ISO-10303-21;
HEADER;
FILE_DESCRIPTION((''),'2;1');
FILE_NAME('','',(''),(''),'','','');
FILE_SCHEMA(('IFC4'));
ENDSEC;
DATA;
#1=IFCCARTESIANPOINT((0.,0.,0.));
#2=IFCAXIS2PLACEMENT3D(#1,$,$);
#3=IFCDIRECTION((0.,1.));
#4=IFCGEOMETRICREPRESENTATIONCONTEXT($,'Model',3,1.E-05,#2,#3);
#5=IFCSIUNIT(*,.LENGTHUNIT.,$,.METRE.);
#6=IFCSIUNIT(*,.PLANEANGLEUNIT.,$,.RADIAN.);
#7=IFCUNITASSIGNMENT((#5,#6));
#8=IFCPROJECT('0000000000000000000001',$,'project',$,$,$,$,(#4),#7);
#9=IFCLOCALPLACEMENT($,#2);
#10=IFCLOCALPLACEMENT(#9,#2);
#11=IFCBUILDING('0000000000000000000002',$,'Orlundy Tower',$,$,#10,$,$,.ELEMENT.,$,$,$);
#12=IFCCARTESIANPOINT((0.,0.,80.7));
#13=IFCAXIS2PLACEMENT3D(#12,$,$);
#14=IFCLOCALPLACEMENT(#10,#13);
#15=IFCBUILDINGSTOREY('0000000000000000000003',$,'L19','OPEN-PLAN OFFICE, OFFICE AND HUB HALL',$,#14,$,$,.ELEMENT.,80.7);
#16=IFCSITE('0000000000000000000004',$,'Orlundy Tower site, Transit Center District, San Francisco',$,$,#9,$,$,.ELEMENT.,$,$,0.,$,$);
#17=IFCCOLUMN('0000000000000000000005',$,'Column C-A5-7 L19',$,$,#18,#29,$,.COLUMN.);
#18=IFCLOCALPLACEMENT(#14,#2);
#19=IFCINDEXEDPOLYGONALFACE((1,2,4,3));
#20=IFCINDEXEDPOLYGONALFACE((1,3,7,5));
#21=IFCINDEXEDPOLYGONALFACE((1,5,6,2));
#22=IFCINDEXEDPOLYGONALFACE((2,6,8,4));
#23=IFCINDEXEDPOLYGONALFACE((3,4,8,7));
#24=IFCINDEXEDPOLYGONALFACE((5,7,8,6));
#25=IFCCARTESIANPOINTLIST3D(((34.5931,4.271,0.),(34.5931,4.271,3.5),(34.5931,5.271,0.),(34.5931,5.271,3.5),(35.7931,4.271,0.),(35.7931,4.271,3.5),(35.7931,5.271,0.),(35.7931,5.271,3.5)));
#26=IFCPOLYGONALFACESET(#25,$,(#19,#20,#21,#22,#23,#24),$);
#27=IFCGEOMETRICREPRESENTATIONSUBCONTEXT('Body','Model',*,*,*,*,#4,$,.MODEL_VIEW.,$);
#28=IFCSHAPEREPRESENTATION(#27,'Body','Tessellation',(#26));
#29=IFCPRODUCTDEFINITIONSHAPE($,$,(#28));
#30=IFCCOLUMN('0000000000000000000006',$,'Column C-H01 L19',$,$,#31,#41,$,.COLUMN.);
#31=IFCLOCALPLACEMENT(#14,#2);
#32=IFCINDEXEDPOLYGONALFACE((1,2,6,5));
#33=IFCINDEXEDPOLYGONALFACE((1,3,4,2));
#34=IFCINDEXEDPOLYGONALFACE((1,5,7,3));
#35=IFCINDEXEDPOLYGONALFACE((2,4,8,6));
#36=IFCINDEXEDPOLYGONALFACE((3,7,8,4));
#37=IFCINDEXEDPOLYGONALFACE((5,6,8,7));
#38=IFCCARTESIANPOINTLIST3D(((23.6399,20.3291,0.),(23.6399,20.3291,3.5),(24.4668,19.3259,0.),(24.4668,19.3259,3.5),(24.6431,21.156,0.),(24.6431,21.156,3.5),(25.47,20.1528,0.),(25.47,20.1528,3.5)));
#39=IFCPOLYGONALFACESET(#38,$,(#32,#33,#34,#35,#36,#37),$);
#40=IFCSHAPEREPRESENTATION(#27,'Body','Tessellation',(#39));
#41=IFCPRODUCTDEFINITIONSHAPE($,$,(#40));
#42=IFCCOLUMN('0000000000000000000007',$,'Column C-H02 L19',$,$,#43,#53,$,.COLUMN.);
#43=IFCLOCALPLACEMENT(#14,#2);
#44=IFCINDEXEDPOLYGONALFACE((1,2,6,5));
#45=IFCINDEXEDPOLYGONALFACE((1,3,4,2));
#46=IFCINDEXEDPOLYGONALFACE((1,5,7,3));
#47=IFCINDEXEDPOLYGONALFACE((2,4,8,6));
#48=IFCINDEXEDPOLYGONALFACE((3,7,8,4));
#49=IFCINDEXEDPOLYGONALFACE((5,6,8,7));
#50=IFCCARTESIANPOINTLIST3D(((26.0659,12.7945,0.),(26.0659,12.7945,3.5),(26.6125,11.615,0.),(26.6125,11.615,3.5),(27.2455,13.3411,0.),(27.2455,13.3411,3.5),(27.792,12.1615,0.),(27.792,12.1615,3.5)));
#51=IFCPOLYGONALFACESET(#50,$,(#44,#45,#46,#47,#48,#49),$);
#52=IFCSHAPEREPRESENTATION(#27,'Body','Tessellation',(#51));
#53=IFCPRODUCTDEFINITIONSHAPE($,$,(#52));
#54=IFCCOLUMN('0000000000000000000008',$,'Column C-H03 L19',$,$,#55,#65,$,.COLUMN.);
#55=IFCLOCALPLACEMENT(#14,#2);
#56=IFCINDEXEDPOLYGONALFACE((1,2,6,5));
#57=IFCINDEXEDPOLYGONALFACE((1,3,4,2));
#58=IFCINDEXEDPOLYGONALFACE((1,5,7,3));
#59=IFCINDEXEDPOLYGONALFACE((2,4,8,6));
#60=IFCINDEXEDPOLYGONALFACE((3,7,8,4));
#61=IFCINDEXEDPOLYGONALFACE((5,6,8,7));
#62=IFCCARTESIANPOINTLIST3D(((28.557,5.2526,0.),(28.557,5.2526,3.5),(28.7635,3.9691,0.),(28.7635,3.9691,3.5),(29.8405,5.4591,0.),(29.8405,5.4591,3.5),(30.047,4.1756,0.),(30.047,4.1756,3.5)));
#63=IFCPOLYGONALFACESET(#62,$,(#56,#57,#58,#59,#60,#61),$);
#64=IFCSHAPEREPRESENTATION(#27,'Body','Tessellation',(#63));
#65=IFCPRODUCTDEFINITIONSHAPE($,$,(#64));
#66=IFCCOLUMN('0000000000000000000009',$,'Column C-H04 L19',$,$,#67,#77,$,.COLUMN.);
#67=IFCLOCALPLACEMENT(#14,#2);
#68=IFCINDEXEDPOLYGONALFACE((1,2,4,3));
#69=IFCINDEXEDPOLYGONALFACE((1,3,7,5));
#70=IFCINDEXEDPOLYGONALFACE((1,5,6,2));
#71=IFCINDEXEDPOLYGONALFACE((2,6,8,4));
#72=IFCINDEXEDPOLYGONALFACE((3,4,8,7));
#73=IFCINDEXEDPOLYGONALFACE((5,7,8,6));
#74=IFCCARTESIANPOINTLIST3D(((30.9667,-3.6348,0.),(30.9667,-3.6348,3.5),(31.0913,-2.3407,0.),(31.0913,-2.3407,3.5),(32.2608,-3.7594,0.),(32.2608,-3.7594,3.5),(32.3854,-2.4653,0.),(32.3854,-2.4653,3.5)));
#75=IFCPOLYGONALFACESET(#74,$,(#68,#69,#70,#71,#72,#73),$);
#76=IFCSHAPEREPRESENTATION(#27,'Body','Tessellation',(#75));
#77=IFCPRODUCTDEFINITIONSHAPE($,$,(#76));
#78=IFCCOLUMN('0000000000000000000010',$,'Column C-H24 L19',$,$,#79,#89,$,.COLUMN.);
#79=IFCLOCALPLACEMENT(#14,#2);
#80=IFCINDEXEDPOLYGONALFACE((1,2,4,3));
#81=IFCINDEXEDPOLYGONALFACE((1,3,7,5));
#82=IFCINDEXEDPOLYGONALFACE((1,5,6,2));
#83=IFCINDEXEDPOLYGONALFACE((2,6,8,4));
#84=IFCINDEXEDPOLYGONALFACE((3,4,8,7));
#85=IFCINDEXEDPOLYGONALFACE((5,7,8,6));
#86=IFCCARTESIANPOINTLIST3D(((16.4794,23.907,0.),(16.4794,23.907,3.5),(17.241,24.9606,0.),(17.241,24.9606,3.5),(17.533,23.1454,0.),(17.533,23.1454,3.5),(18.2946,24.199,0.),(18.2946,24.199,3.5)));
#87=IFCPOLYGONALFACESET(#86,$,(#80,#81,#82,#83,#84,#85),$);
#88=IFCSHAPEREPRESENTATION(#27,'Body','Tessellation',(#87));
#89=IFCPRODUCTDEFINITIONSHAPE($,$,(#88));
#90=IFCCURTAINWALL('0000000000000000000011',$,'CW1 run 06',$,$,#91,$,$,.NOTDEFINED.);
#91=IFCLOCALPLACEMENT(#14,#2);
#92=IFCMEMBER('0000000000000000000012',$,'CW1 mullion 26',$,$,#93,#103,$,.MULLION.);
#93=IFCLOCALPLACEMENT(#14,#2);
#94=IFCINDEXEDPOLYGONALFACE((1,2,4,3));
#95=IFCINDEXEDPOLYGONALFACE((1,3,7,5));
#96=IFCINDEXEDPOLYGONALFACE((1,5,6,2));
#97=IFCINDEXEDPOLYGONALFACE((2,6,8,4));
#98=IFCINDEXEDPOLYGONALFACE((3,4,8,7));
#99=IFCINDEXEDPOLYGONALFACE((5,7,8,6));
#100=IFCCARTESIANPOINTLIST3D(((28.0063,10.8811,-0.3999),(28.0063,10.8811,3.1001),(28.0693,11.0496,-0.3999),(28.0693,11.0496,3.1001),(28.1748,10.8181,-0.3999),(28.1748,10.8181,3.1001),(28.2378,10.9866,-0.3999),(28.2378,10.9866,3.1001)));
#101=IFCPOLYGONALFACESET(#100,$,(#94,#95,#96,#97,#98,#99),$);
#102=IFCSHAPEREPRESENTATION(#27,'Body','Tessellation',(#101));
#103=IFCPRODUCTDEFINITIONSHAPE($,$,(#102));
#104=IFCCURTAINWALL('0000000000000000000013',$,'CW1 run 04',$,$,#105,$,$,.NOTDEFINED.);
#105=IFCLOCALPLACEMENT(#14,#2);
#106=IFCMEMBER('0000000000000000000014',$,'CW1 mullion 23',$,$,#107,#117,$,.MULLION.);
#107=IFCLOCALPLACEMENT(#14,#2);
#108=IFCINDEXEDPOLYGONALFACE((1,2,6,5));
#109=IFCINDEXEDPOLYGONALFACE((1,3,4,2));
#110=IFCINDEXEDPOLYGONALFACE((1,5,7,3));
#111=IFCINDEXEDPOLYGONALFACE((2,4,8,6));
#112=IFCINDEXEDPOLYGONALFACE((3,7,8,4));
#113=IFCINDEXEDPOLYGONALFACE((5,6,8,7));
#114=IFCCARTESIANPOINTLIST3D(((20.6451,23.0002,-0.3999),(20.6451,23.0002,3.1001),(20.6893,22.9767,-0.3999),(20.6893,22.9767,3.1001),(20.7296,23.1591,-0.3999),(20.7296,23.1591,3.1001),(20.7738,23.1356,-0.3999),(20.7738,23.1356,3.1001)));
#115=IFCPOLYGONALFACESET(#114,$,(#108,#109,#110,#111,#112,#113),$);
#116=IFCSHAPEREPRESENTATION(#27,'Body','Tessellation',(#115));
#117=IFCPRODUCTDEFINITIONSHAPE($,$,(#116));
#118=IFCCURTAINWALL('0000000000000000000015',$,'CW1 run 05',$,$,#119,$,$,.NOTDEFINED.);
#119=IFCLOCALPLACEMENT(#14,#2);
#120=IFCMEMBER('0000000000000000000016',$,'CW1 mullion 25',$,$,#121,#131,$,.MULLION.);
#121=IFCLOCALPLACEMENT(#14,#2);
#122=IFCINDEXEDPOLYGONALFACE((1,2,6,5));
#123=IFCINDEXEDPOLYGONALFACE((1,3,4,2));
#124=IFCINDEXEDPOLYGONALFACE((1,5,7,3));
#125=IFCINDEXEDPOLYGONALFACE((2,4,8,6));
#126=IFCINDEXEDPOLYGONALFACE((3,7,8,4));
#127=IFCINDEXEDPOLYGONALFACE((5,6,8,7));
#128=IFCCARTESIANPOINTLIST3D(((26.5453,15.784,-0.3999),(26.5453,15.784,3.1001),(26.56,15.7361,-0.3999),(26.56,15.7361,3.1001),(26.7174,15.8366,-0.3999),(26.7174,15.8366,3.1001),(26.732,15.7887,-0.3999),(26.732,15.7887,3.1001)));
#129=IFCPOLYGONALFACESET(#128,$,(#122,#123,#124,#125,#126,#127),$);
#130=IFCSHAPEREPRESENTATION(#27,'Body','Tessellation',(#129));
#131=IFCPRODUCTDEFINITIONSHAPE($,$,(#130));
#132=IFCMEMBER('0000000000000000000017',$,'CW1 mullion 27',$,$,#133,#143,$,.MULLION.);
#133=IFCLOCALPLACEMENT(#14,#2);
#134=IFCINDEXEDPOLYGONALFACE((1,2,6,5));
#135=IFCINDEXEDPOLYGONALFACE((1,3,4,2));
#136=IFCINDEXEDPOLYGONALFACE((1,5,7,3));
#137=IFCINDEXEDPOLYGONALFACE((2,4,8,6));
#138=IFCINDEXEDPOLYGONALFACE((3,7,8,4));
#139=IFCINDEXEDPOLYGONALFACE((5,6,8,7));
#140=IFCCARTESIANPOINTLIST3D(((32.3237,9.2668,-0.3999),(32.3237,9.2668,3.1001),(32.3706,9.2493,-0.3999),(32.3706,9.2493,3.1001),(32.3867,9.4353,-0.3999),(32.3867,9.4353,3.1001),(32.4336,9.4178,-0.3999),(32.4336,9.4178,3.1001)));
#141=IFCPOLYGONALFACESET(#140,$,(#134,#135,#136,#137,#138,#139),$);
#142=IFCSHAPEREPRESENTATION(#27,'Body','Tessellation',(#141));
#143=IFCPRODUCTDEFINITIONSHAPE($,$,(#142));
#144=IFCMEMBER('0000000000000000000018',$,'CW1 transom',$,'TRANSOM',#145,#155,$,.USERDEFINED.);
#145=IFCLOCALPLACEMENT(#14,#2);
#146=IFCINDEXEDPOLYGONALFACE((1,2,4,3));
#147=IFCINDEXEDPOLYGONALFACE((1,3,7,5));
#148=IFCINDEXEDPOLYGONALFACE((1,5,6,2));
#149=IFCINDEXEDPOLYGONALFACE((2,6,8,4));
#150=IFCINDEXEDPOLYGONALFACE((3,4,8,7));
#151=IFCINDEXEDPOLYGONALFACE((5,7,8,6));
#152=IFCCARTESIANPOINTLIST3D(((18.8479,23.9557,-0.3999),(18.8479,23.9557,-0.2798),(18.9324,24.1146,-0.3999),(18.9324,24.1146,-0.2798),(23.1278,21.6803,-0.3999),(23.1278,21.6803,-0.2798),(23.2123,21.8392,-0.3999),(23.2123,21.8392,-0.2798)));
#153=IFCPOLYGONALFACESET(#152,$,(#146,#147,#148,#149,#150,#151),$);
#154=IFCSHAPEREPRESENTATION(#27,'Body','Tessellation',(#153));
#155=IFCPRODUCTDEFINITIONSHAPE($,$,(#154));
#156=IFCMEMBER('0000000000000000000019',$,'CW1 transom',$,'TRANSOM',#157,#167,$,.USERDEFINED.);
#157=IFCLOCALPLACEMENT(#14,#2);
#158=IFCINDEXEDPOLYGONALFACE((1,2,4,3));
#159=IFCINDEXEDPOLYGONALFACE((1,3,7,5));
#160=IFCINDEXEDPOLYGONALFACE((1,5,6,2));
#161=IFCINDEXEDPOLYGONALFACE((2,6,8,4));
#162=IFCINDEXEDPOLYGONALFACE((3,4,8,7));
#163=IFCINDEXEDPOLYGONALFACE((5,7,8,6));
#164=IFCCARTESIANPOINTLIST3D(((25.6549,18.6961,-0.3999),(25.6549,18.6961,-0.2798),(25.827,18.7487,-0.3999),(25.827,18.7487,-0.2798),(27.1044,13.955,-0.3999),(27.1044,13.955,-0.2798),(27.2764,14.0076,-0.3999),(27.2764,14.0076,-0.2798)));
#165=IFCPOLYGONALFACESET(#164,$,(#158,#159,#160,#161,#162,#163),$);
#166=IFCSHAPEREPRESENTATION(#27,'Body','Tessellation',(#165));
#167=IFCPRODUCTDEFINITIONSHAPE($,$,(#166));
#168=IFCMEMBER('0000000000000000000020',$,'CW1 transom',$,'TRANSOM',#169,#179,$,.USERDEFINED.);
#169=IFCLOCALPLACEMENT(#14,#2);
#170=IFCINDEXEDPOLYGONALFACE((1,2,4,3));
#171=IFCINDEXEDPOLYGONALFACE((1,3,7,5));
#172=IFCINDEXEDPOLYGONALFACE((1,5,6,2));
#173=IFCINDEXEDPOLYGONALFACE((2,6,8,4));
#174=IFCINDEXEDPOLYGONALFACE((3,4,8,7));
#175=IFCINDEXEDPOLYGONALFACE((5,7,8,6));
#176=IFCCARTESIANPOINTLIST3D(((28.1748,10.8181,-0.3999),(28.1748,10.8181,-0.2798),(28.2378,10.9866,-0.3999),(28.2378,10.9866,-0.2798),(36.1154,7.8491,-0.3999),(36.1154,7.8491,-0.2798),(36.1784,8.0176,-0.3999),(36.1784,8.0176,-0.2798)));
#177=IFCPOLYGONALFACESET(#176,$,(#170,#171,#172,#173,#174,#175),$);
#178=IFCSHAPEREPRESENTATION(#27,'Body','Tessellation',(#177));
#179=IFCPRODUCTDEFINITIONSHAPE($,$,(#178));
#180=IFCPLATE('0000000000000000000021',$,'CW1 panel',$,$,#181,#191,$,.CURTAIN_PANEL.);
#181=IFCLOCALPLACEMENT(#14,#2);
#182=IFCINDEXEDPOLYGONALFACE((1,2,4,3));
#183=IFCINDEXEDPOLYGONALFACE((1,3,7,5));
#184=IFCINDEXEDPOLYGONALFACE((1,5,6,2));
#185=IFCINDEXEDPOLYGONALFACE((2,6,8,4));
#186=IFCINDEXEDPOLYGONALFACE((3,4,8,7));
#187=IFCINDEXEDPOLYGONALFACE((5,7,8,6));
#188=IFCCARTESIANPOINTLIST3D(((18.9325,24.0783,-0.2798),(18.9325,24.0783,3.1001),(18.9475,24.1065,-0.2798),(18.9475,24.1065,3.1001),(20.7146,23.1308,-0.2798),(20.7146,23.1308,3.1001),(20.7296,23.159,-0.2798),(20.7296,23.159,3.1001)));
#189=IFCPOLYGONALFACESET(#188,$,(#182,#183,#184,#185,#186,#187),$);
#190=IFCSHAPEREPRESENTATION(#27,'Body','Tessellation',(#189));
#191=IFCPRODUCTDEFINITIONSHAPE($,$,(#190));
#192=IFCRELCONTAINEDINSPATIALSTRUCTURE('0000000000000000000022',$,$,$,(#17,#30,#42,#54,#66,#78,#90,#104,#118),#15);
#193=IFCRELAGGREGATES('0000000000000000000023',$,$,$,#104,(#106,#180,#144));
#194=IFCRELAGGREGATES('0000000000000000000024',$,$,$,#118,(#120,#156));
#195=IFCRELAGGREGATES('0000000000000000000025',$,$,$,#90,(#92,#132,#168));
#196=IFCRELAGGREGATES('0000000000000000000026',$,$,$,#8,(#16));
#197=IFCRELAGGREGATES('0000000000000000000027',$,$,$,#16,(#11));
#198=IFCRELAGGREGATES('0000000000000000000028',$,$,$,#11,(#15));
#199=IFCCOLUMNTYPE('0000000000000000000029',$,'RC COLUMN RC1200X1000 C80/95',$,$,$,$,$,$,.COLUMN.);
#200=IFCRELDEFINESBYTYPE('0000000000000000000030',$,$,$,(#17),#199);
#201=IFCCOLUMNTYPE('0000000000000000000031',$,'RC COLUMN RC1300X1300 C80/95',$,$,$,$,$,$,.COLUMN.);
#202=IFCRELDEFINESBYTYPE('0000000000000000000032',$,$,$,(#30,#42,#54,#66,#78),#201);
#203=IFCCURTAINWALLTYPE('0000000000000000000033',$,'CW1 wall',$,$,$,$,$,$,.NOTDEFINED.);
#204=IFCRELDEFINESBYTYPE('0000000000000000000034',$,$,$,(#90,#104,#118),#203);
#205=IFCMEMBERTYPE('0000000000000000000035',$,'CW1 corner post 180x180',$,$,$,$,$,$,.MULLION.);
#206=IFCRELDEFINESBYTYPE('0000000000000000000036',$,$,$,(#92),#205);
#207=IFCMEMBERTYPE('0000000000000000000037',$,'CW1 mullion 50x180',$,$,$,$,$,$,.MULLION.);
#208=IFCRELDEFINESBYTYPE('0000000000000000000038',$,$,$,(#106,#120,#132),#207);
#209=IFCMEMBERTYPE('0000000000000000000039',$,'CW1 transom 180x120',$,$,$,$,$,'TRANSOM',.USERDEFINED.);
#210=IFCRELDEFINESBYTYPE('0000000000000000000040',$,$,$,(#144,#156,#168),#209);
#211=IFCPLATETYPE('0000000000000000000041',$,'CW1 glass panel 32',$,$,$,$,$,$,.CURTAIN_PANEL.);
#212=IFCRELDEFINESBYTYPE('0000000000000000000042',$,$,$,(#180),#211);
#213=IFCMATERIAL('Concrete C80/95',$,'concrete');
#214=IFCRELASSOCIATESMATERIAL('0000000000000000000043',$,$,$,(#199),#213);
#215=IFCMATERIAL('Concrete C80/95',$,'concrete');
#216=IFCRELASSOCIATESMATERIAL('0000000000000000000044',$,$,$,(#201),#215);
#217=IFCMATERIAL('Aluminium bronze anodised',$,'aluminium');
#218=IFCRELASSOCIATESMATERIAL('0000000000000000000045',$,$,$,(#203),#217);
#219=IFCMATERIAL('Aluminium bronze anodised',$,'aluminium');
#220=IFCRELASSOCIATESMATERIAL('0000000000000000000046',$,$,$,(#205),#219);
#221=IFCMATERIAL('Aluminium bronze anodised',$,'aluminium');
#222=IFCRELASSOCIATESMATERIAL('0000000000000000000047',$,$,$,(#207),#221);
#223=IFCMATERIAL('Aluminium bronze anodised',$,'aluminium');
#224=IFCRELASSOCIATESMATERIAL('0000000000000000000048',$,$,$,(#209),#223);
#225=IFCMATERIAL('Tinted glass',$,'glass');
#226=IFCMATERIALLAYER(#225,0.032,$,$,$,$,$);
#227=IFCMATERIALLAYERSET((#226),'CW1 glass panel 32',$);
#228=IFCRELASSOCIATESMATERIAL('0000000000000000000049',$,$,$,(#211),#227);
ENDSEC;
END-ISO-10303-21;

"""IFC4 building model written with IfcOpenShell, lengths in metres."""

from ifc_helpers import new_model, si_unit, direction, frame, origin, origin_2d, place, context, subcontext, project, spatial, rectangle, extrude, material, layer, layer_set, material_profile, profile_set, type_object, element, aggregate, save


model = new_model("IFC4")

# Units and contexts
model_context = context("Model", 3, precision=1e-05, world=origin(), true_north=direction((0.0, 1.0)))
body_context = subcontext(model_context, "Body", "Model", "MODEL_VIEW")
ifc_project = project(units=[si_unit("LENGTHUNIT", "METRE"), si_unit("PLANEANGLEUNIT", "RADIAN")], contexts=[model_context])

# Site, building, storey
site_placement = place(None, origin())
site = spatial("IfcSite", under=ifc_project, at=site_placement, Name="Orlundy Tower site, Transit Center District, San Francisco", CompositionType="ELEMENT", RefElevation=0.0)
building_placement = place(site_placement, origin())
building = spatial("IfcBuilding", under=site, at=building_placement, Name="Orlundy Tower", CompositionType="ELEMENT")
storey_placement = place(building_placement, frame((0.0, 0.0, 80.7)))
storey = spatial("IfcBuildingStorey", under=building, at=storey_placement, Name="L19", Description="OPEN-PLAN OFFICE, OFFICE AND HUB HALL", CompositionType="ELEMENT", Elevation=80.7)

# Columns
ifc_material_1 = material(Name="Concrete C80/95", Category="concrete")
ifc_material_profile_1 = material_profile(ifc_material_1, rectangle(XDim=1.2, YDim=1.0, at=origin_2d()), Name="RC1200X1000")
ifc_profile_set_1 = profile_set([ifc_material_profile_1], Name="Concrete C80/95")
column_type_1 = type_object("IfcColumnType", Name="RC COLUMN RC1200X1000 C80/95", PredefinedType="COLUMN", material=ifc_profile_set_1)
column_placement = place(storey_placement, frame((35.1931, 4.771, 0.0), z_axis=(0.0, 0.0, 1.0), x_axis=(1.0, 0.0, 0.0)))
element("IfcColumn", 1, at=column_placement, inside=storey, type_object=column_type_1, Name="Column C-A5-7 L19", PredefinedType="COLUMN", context=body_context, shape_type="SweptSolid", body=[
    extrude(rectangle(XDim=1.2, YDim=1.0, at=origin_2d()), origin(), (0.0, 0.0, 1.0), 3.5),
])
ifc_material_2 = material(Name="Concrete C80/95", Category="concrete")
ifc_material_profile_2 = material_profile(ifc_material_2, rectangle(XDim=1.3, YDim=1.3, at=origin_2d()), Name="RC1300X1300")
ifc_profile_set_2 = profile_set([ifc_material_profile_2], Name="Concrete C80/95")
column_type_2 = type_object("IfcColumnType", Name="RC COLUMN RC1300X1300 C80/95", PredefinedType="COLUMN", material=ifc_profile_set_2)
for number, where, z_axis, x_axis, name in (
    (2, (24.5549, 20.241, 0.0), (0.0, 0.0, 1.0), (0.771636, 0.636065, 0.0), "Column C-H01 L19"),
    (3, (26.929, 12.478, 0.0), (0.0, 0.0, 1.0), (0.90733, 0.420418, 0.0), "Column C-H02 L19"),
    (4, (29.302, 4.7141, 0.0), (0.0, 0.0, 1.0), (0.987306, 0.15883, 0.0), "Column C-H03 L19"),
    (5, (31.676, -3.05, 0.0), (0.0, 0.0, 1.0), (0.995396, -0.095846, 0.0), "Column C-H04 L19"),
    (6, (17.387, 24.053, 0.0), (0.0, 0.0, 1.0), (0.585835, 0.81043, 0.0), "Column C-H24 L19"),
):
    element("IfcColumn", number, at=place(storey_placement, frame(where, z_axis=z_axis, x_axis=x_axis)), inside=storey, type_object=column_type_2, Name=name, PredefinedType="COLUMN", context=body_context, shape_type="SweptSolid", body=[
        extrude(rectangle(XDim=1.3, YDim=1.3, at=origin_2d()), origin(), (0.0, 0.0, 1.0), 3.5),
    ])

# Curtain walls, members
ifc_material_3 = material(Name="Aluminium bronze anodised", Category="aluminium")
curtain_wall_type = type_object("IfcCurtainWallType", Name="CW1 wall", PredefinedType="NOTDEFINED", material=ifc_material_3)
curtain_wall_1_placement = place(storey_placement, origin())
curtain_wall_1 = element("IfcCurtainWall", 7, at=curtain_wall_1_placement, inside=storey, type_object=curtain_wall_type, Name="CW1 run 06", PredefinedType="NOTDEFINED")
ifc_material_4 = material(Name="Aluminium bronze anodised", Category="aluminium")
ifc_material_profile_3 = material_profile(ifc_material_4, rectangle(XDim=0.1799, YDim=0.1799, at=origin_2d()), Name="CW1 corner post 180x180")
ifc_profile_set_3 = profile_set([ifc_material_profile_3], Name="Aluminium bronze anodised")
member_type_1 = type_object("IfcMemberType", Name="CW1 corner post 180x180", PredefinedType="MULLION", material=ifc_profile_set_3)
member_1_placement = place(storey_placement, frame((28.1221, 10.9338, -0.3999), z_axis=(0.0, 0.0, 1.0), x_axis=(0.350204, 0.936674, 0.0)))
member_1 = element("IfcMember", 8, at=member_1_placement, type_object=member_type_1, Name="CW1 mullion 26", PredefinedType="MULLION", context=body_context, shape_type="SweptSolid", body=[
    extrude(rectangle(XDim=0.1799, YDim=0.1799, at=origin_2d()), origin(), (0.0, 0.0, 1.0), 3.5),
])
curtain_wall_2_placement = place(storey_placement, origin())
curtain_wall_2 = element("IfcCurtainWall", 9, at=curtain_wall_2_placement, inside=storey, type_object=curtain_wall_type, Name="CW1 run 04", PredefinedType="NOTDEFINED")
ifc_material_5 = material(Name="Aluminium bronze anodised", Category="aluminium")
ifc_material_profile_4 = material_profile(ifc_material_5, rectangle(XDim=0.1799, YDim=0.05, at=origin_2d()), Name="CW1 mullion 50x180")
ifc_profile_set_4 = profile_set([ifc_material_profile_4], Name="Aluminium bronze anodised")
member_type_2 = type_object("IfcMemberType", Name="CW1 mullion 50x180", PredefinedType="MULLION", material=ifc_profile_set_4)
member_2_placement = place(storey_placement, frame((20.7095, 23.0679, -0.3999), z_axis=(0.0, 0.0, 1.0), x_axis=(0.469445, 0.882961, 0.0)))
member_2 = element("IfcMember", 10, at=member_2_placement, type_object=member_type_2, Name="CW1 mullion 23", PredefinedType="MULLION", context=body_context, shape_type="SweptSolid", body=[
    extrude(rectangle(XDim=0.1799, YDim=0.05, at=origin_2d()), origin(), (0.0, 0.0, 1.0), 3.5),
])
curtain_wall_3_placement = place(storey_placement, origin())
curtain_wall_3 = element("IfcCurtainWall", 11, at=curtain_wall_3_placement, inside=storey, type_object=curtain_wall_type, Name="CW1 run 05", PredefinedType="NOTDEFINED")
member_3_placement = place(storey_placement, frame((26.6387, 15.7864, -0.3999), z_axis=(0.0, 0.0, 1.0), x_axis=(0.956308, 0.292362, 0.0)))
member_3 = element("IfcMember", 12, at=member_3_placement, type_object=member_type_2, Name="CW1 mullion 25", PredefinedType="MULLION", context=body_context, shape_type="SweptSolid", body=[
    extrude(rectangle(XDim=0.1799, YDim=0.05, at=origin_2d()), origin(), (0.0, 0.0, 1.0), 3.5),
])

# Members
member_4_placement = place(storey_placement, frame((32.3787, 9.3423, -0.3999), z_axis=(0.0, 0.0, 1.0), x_axis=(0.350204, 0.936674, 0.0)))
member_4 = element("IfcMember", 13, at=member_4_placement, type_object=member_type_2, Name="CW1 mullion 27", PredefinedType="MULLION", context=body_context, shape_type="SweptSolid", body=[
    extrude(rectangle(XDim=0.1799, YDim=0.05, at=origin_2d()), origin(), (0.0, 0.0, 1.0), 3.5),
])
ifc_material_6 = material(Name="Aluminium bronze anodised", Category="aluminium")
ifc_material_profile_5 = material_profile(ifc_material_6, rectangle(XDim=0.1799, YDim=0.1201, at=origin_2d()), Name="CW1 transom 180x120")
ifc_profile_set_5 = profile_set([ifc_material_profile_5], Name="Aluminium bronze anodised")
member_type_3 = type_object("IfcMemberType", Name="CW1 transom 180x120", ElementType="TRANSOM", PredefinedType="USERDEFINED", material=ifc_profile_set_5)
member_5_placement = place(storey_placement, frame((18.8901, 24.0352, -0.3398), z_axis=(0.882966, -0.469438, 0.0), x_axis=(0.469438, 0.882966, 0.0)))
member_5 = element("IfcMember", 14, at=member_5_placement, type_object=member_type_3, Name="CW1 transom", ObjectType="TRANSOM", PredefinedType="USERDEFINED", context=body_context, shape_type="SweptSolid", body=[
    extrude(rectangle(XDim=0.1799, YDim=0.1201, at=origin_2d()), origin(), (0.0, 0.0, 1.0), 4.8472),
])
member_6_placement = place(storey_placement, frame((25.741, 18.7224, -0.3398), z_axis=(0.292359, -0.956309, 0.0), x_axis=(0.956309, 0.292359, 0.0)))
member_6 = element("IfcMember", 15, at=member_6_placement, type_object=member_type_3, Name="CW1 transom", ObjectType="TRANSOM", PredefinedType="USERDEFINED", context=body_context, shape_type="SweptSolid", body=[
    extrude(rectangle(XDim=0.1799, YDim=0.1201, at=origin_2d()), origin(), (0.0, 0.0, 1.0), 4.9578),
])
member_7_placement = place(storey_placement, frame((28.2063, 10.9023, -0.3398), z_axis=(0.936668, -0.350218, 0.0), x_axis=(0.350218, 0.936668, 0.0)))
member_7 = element("IfcMember", 16, at=member_7_placement, type_object=member_type_3, Name="CW1 transom", ObjectType="TRANSOM", PredefinedType="USERDEFINED", context=body_context, shape_type="SweptSolid", body=[
    extrude(rectangle(XDim=0.1799, YDim=0.1201, at=origin_2d()), origin(), (0.0, 0.0, 1.0), 8.4775),
])

# Plate
ifc_material_7 = material(Name="Tinted glass", Category="glass")
ifc_layer_1 = layer(ifc_material_7, 0.032)
ifc_layer_set_1 = layer_set([ifc_layer_1], Name="CW1 glass panel 32")
plate_type = type_object("IfcPlateType", Name="CW1 glass panel 32", PredefinedType="CURTAIN_PANEL", material=ifc_layer_set_1)
plate_1_placement = place(storey_placement, frame((19.8311, 23.6187, -0.2798), z_axis=(0.0, 0.0, 1.0), x_axis=(0.882961, -0.469445, 0.0)))
plate_1 = element("IfcPlate", 17, at=plate_1_placement, type_object=plate_type, Name="CW1 panel", PredefinedType="CURTAIN_PANEL", context=body_context, shape_type="SweptSolid", body=[
    extrude(rectangle(XDim=2.0183, YDim=0.032, at=origin_2d()), origin(), (0.0, 0.0, 1.0), 3.3799),
])
aggregate(curtain_wall_2, [member_2, plate_1, member_5])
aggregate(curtain_wall_3, [member_3, member_6])
aggregate(curtain_wall_1, [member_1, member_4, member_7])

save(model, "model.ifc")
